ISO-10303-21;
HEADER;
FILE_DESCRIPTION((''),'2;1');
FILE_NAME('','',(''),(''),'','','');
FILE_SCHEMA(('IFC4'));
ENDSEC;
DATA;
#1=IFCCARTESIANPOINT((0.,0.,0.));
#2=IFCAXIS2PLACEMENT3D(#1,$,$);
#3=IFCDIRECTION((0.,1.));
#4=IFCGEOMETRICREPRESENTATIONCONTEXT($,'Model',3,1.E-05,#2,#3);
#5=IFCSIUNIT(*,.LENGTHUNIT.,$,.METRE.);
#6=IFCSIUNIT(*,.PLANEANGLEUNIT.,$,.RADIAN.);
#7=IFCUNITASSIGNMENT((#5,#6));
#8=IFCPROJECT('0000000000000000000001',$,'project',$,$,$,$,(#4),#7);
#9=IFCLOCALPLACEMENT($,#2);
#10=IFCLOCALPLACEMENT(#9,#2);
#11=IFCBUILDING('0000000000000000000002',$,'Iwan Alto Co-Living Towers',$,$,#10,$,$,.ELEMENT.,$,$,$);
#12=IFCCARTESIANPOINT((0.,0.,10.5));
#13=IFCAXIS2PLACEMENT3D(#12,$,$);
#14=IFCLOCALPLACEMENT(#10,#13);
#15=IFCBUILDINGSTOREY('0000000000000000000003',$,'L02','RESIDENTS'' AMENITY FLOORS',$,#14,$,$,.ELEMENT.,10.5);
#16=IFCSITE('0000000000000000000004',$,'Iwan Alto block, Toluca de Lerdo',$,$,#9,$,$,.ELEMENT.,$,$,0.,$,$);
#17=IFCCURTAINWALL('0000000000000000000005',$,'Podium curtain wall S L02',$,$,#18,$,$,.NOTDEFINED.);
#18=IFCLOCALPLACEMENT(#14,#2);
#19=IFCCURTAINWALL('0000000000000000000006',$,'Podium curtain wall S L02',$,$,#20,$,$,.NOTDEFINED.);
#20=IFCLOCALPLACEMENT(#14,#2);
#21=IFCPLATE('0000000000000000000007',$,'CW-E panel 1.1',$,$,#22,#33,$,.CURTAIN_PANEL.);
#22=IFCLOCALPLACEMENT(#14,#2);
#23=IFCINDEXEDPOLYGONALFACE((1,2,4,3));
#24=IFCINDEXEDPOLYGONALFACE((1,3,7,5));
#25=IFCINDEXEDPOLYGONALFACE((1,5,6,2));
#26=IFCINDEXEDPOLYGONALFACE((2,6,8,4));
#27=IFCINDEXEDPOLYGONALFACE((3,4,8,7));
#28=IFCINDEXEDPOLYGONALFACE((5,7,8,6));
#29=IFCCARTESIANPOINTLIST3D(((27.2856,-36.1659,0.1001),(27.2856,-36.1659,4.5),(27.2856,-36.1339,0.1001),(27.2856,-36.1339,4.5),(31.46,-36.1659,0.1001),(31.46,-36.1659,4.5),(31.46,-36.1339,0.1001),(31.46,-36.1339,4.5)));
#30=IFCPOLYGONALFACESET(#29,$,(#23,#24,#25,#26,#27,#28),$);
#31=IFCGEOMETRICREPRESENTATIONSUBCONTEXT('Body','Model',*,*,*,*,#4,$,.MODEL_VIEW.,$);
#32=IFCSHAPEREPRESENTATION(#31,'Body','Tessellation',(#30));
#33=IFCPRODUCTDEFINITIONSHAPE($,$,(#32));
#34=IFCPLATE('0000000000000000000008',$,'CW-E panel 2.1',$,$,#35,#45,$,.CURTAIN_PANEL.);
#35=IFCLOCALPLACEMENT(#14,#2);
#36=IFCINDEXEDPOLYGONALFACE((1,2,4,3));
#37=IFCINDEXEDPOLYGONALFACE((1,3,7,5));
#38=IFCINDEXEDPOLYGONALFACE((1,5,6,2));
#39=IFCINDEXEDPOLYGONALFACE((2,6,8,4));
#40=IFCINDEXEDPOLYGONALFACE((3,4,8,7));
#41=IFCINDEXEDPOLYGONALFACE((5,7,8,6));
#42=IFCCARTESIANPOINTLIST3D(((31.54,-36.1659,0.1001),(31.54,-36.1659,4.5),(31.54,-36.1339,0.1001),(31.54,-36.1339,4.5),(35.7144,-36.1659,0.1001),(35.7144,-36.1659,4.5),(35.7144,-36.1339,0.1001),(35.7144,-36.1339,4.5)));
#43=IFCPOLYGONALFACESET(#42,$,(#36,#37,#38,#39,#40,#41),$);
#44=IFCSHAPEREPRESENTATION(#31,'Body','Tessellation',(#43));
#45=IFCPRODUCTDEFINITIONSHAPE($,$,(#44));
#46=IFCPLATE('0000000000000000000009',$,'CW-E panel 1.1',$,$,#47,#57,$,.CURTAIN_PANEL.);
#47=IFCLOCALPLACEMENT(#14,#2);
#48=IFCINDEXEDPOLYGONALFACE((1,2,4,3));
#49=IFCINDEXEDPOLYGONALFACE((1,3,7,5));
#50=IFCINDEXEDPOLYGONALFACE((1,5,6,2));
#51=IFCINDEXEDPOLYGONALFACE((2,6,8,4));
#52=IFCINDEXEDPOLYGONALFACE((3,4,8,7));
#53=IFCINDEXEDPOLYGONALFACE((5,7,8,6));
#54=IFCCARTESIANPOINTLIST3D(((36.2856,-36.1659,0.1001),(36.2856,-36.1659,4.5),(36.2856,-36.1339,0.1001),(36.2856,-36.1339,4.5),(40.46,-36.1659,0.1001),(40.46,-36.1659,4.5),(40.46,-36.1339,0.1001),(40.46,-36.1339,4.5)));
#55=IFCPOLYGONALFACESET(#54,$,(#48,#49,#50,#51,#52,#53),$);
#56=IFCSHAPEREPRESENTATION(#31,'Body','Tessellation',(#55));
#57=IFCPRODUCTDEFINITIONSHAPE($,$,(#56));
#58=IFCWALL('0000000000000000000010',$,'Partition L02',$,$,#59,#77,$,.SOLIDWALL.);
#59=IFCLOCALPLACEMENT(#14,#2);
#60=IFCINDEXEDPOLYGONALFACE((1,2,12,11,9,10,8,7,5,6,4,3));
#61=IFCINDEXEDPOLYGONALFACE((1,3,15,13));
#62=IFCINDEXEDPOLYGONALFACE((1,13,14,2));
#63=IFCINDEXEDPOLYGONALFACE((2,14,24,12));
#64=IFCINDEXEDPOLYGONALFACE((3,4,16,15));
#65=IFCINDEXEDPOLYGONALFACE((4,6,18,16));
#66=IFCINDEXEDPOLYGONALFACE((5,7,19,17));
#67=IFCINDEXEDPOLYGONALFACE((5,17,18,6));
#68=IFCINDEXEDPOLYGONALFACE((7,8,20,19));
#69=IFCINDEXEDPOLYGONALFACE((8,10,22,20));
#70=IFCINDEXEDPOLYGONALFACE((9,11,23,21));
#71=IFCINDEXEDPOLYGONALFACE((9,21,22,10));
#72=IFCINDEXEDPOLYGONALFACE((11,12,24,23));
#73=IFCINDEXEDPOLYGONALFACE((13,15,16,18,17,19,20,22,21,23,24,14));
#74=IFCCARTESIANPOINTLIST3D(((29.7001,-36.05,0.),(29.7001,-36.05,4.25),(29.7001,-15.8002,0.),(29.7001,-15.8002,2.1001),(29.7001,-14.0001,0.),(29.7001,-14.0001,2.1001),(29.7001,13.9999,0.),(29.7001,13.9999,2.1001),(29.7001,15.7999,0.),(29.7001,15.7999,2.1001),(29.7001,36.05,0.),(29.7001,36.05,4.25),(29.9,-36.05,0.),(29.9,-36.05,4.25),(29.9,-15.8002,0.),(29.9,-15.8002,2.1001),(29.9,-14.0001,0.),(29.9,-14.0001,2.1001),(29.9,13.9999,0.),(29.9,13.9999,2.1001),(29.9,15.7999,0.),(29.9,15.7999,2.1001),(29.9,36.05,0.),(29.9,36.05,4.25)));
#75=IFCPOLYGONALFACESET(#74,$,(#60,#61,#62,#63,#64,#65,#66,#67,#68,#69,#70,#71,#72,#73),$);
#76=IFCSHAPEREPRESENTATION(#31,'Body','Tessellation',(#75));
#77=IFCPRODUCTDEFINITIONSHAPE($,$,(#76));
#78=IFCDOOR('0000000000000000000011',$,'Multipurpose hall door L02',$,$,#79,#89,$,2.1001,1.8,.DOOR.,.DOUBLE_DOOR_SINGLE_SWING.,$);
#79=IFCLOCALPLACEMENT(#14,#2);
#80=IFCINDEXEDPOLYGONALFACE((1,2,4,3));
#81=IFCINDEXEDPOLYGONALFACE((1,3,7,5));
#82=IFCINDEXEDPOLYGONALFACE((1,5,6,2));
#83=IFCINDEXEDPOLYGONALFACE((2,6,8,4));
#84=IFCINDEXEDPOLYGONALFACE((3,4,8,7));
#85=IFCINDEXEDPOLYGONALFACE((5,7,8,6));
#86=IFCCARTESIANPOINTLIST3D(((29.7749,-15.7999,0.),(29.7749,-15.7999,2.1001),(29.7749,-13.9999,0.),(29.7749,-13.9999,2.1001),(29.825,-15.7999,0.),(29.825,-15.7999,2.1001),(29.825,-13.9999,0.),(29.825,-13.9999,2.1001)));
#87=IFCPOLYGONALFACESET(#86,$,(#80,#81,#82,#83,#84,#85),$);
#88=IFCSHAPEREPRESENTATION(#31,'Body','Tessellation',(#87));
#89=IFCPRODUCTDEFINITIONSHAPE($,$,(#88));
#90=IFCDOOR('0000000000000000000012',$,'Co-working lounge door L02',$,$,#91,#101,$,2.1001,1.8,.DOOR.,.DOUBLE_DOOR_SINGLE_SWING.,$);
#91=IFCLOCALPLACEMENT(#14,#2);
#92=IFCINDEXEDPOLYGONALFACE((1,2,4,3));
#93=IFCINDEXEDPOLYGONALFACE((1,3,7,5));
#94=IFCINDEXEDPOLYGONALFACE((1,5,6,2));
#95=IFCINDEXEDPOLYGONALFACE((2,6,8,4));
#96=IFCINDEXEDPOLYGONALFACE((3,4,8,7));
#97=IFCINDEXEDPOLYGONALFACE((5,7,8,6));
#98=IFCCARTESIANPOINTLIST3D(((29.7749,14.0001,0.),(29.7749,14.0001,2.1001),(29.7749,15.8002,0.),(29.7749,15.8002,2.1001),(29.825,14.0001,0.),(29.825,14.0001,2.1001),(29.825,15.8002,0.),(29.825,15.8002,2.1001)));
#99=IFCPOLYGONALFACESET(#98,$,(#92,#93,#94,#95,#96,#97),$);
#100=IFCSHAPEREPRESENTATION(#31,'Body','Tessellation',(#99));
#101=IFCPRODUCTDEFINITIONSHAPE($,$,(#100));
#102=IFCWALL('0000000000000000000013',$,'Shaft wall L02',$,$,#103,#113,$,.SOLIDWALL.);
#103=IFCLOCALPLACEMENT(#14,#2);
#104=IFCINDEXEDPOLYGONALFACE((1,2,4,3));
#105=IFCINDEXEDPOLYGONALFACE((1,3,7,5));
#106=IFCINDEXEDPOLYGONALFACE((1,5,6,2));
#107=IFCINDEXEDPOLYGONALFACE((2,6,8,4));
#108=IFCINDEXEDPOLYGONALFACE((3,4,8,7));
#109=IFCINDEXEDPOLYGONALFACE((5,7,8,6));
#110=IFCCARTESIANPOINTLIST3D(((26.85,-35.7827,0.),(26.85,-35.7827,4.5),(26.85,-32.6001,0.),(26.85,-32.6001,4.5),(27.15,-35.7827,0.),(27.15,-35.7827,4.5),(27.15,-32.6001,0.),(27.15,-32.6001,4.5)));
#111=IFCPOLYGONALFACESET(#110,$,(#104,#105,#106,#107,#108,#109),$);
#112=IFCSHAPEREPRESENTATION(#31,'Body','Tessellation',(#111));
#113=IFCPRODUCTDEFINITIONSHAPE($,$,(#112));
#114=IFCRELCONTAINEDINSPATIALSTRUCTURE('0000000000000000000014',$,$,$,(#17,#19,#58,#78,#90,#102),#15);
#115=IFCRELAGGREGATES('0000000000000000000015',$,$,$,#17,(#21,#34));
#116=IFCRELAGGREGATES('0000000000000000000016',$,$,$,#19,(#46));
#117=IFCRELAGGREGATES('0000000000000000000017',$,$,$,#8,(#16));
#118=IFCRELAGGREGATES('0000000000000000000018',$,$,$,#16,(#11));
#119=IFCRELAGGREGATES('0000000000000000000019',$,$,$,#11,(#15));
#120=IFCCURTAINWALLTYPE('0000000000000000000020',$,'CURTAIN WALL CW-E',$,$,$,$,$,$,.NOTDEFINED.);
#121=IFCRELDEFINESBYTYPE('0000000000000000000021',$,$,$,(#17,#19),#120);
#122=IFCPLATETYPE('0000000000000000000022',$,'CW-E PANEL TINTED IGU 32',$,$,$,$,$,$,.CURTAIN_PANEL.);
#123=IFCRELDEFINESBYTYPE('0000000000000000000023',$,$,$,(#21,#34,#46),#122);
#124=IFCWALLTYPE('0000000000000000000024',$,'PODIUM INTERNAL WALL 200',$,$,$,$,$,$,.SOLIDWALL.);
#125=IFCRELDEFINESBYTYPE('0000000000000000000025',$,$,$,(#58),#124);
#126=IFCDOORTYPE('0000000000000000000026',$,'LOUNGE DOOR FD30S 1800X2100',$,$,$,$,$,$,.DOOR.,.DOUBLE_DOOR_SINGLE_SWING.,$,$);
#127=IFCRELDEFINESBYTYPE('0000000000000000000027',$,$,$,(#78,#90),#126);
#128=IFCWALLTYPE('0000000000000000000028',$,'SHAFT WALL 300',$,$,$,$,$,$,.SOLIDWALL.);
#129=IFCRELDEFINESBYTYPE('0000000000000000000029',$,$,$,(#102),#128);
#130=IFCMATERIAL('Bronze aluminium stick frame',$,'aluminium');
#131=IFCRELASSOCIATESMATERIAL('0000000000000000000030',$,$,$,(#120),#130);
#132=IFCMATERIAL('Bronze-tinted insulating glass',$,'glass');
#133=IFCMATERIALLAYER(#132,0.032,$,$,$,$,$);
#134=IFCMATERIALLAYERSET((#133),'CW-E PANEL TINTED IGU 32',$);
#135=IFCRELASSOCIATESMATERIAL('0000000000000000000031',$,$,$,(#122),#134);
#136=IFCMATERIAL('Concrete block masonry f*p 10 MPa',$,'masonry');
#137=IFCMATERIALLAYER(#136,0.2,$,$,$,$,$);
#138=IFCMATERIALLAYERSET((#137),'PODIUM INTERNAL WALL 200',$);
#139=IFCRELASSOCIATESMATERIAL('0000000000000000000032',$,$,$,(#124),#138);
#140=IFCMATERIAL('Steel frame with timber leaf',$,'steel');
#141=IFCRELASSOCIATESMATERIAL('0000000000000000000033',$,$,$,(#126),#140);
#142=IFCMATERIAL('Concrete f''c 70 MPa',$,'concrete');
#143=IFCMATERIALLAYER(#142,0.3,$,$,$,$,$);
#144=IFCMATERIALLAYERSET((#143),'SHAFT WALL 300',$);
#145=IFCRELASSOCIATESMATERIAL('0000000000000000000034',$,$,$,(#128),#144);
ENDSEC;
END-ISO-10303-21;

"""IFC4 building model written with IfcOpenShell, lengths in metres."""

from ifc_helpers import new_model, si_unit, direction, frame, frame_2d, origin, origin_2d, place, context, subcontext, project, spatial, rectangle, extrude, material, layer, layer_set, type_object, element, fill, aggregate, save


model = new_model("IFC4")

# Units and contexts
model_context = context("Model", 3, precision=1e-05, world=origin(), true_north=direction((0.0, 1.0)))
body_context = subcontext(model_context, "Body", "Model", "MODEL_VIEW")
ifc_project = project(units=[si_unit("LENGTHUNIT", "METRE"), si_unit("PLANEANGLEUNIT", "RADIAN")], contexts=[model_context])

# Site, building, storey
site_placement = place(None, origin())
site = spatial("IfcSite", under=ifc_project, at=site_placement, Name="Iwan Alto block, Toluca de Lerdo", CompositionType="ELEMENT", RefElevation=0.0)
building_placement = place(site_placement, origin())
building = spatial("IfcBuilding", under=site, at=building_placement, Name="Iwan Alto Co-Living Towers", CompositionType="ELEMENT")
storey_placement = place(building_placement, frame((0.0, 0.0, 10.5)))
storey = spatial("IfcBuildingStorey", under=building, at=storey_placement, Name="L02", Description="RESIDENTS' AMENITY FLOORS", CompositionType="ELEMENT", Elevation=10.5)

# Shared definitions
ifc_material_1 = material(Name="Bronze aluminium stick frame", Category="aluminium")
curtain_wall_type = type_object("IfcCurtainWallType", Name="CURTAIN WALL CW-E", PredefinedType="NOTDEFINED", material=ifc_material_1)

# Curtain walls
curtain_wall_1_placement = place(storey_placement, origin())
curtain_wall_1 = element("IfcCurtainWall", 1, at=curtain_wall_1_placement, inside=storey, type_object=curtain_wall_type, Name="Podium curtain wall S L02", PredefinedType="NOTDEFINED")
curtain_wall_2_placement = place(storey_placement, origin())
curtain_wall_2 = element("IfcCurtainWall", 2, at=curtain_wall_2_placement, inside=storey, type_object=curtain_wall_type, Name="Podium curtain wall S L02", PredefinedType="NOTDEFINED")

# Plates
ifc_material_2 = material(Name="Bronze-tinted insulating glass", Category="glass")
ifc_layer_1 = layer(ifc_material_2, 0.032)
ifc_layer_set_1 = layer_set([ifc_layer_1], Name="CW-E PANEL TINTED IGU 32")
plate_type = type_object("IfcPlateType", Name="CW-E PANEL TINTED IGU 32", PredefinedType="CURTAIN_PANEL", material=ifc_layer_set_1)
plate_1_placement = place(storey_placement, frame((29.3728, -36.1499, 0.1001), z_axis=(0.0, 0.0, 1.0), x_axis=(1.0, 0.0, 0.0)))
plate_1 = element("IfcPlate", 3, at=plate_1_placement, type_object=plate_type, Name="CW-E panel 1.1", PredefinedType="CURTAIN_PANEL", context=body_context, shape_type="SweptSolid", body=[
    extrude(rectangle(XDim=4.1743, YDim=0.032, at=origin_2d()), origin(), (0.0, 0.0, 1.0), 4.3999),
])
plate_2_placement = place(storey_placement, frame((33.6272, -36.1499, 0.1001), z_axis=(0.0, 0.0, 1.0), x_axis=(1.0, 0.0, 0.0)))
plate_2 = element("IfcPlate", 4, at=plate_2_placement, type_object=plate_type, Name="CW-E panel 2.1", PredefinedType="CURTAIN_PANEL", context=body_context, shape_type="SweptSolid", body=[
    extrude(rectangle(XDim=4.1743, YDim=0.032, at=origin_2d()), origin(), (0.0, 0.0, 1.0), 4.3999),
])
aggregate(curtain_wall_1, [plate_1, plate_2])
plate_3_placement = place(storey_placement, frame((38.3728, -36.1499, 0.1001), z_axis=(0.0, 0.0, 1.0), x_axis=(1.0, 0.0, 0.0)))
plate_3 = element("IfcPlate", 5, at=plate_3_placement, type_object=plate_type, Name="CW-E panel 1.1", PredefinedType="CURTAIN_PANEL", context=body_context, shape_type="SweptSolid", body=[
    extrude(rectangle(XDim=4.1743, YDim=0.032, at=origin_2d()), origin(), (0.0, 0.0, 1.0), 4.3999),
])
aggregate(curtain_wall_2, [plate_3])

# Wall, openings, doors
ifc_material_3 = material(Name="Concrete block masonry f*p 10 MPa", Category="masonry")
ifc_layer_2 = layer(ifc_material_3, 0.2)
ifc_layer_set_2 = layer_set([ifc_layer_2], Name="PODIUM INTERNAL WALL 200")
wall_type_1 = type_object("IfcWallType", Name="PODIUM INTERNAL WALL 200", PredefinedType="SOLIDWALL", material=ifc_layer_set_2)
wall_1_placement = place(storey_placement, frame((29.8, -36.05, 0.0), z_axis=(0.0, 0.0, 1.0), x_axis=(0.0, 1.0, 0.0)))
wall_1 = element("IfcWall", 6, at=wall_1_placement, inside=storey, type_object=wall_type_1, Name="Partition L02", PredefinedType="SOLIDWALL", context=body_context, shape_type="SweptSolid", body=[
    extrude(rectangle(XDim=72.1001, YDim=0.2, at=frame_2d((36.05, 0.0))), origin(), (0.0, 0.0, 1.0), 4.25),
])
opening_1_placement = place(wall_1_placement, frame((20.25, 0.0, 0.0)))
opening_1 = element("IfcOpeningElement", 7, at=opening_1_placement, cuts=wall_1, PredefinedType="OPENING", context=body_context, shape_type="SweptSolid", body=[
    extrude(rectangle(XDim=1.8, YDim=2.1001, at=frame_2d((0.8999, 1.05))), frame((0.0, 0.1099, 0.0), z_axis=(0.0, -1.0, 0.0), x_axis=(1.0, 0.0, 0.0)), (0.0, 0.0, 1.0), 0.22),
])
opening_2_placement = place(wall_1_placement, frame((50.05, 0.0, 0.0)))
opening_2 = element("IfcOpeningElement", 8, at=opening_2_placement, cuts=wall_1, PredefinedType="OPENING", context=body_context, shape_type="SweptSolid", body=[
    extrude(rectangle(XDim=1.8, YDim=2.1001, at=frame_2d((0.8999, 1.05))), frame((0.0, 0.1099, 0.0), z_axis=(0.0, -1.0, 0.0), x_axis=(1.0, 0.0, 0.0)), (0.0, 0.0, 1.0), 0.22),
])
ifc_material_4 = material(Name="Steel frame with timber leaf", Category="steel")
door_type = type_object("IfcDoorType", Name="LOUNGE DOOR FD30S 1800X2100", OperationType="DOUBLE_DOOR_SINGLE_SWING", PredefinedType="DOOR", material=ifc_material_4)
door_1_placement = place(opening_1_placement, frame((1.8, 0.0, 0.0), z_axis=(0.0, 0.0, 1.0), x_axis=(-1.0, 0.0, 0.0)))
door_1 = element("IfcDoor", 9, at=door_1_placement, inside=storey, type_object=door_type, Name="Multipurpose hall door L02", OperationType="DOUBLE_DOOR_SINGLE_SWING", OverallHeight=2.1001, OverallWidth=1.8, PredefinedType="DOOR", context=body_context, shape_type="SweptSolid", body=[
    extrude(rectangle(XDim=1.8, YDim=2.1001, at=frame_2d((0.8999, 1.05))), frame((0.0, 0.0249, 0.0), z_axis=(0.0, -1.0, 0.0), x_axis=(1.0, 0.0, 0.0)), (0.0, 0.0, 1.0), 0.05),
])
fill(opening_1, door_1)
door_2_placement = place(opening_2_placement, frame((1.8, 0.0, 0.0), z_axis=(0.0, 0.0, 1.0), x_axis=(-1.0, 0.0, 0.0)))
door_2 = element("IfcDoor", 10, at=door_2_placement, inside=storey, type_object=door_type, Name="Co-working lounge door L02", OperationType="DOUBLE_DOOR_SINGLE_SWING", OverallHeight=2.1001, OverallWidth=1.8, PredefinedType="DOOR", context=body_context, shape_type="SweptSolid", body=[
    extrude(rectangle(XDim=1.8, YDim=2.1001, at=frame_2d((0.8999, 1.05))), frame((0.0, 0.0249, 0.0), z_axis=(0.0, -1.0, 0.0), x_axis=(1.0, 0.0, 0.0)), (0.0, 0.0, 1.0), 0.05),
])
fill(opening_2, door_2)

# Wall
ifc_material_5 = material(Name="Concrete f'c 70 MPa", Category="concrete")
ifc_layer_3 = layer(ifc_material_5, 0.3)
ifc_layer_set_3 = layer_set([ifc_layer_3], Name="SHAFT WALL 300")
wall_type_2 = type_object("IfcWallType", Name="SHAFT WALL 300", PredefinedType="SOLIDWALL", material=ifc_layer_set_3)
wall_2_placement = place(storey_placement, frame((27.0, -35.7827, 0.0), z_axis=(0.0, 0.0, 1.0), x_axis=(0.0, 1.0, 0.0)))
element("IfcWall", 11, at=wall_2_placement, inside=storey, type_object=wall_type_2, Name="Shaft wall L02", PredefinedType="SOLIDWALL", context=body_context, shape_type="SweptSolid", body=[
    extrude(rectangle(XDim=3.1826, YDim=0.3, at=frame_2d((1.5913, 0.0))), origin(), (0.0, 0.0, 1.0), 4.5),
])

save(model, "model.ifc")
